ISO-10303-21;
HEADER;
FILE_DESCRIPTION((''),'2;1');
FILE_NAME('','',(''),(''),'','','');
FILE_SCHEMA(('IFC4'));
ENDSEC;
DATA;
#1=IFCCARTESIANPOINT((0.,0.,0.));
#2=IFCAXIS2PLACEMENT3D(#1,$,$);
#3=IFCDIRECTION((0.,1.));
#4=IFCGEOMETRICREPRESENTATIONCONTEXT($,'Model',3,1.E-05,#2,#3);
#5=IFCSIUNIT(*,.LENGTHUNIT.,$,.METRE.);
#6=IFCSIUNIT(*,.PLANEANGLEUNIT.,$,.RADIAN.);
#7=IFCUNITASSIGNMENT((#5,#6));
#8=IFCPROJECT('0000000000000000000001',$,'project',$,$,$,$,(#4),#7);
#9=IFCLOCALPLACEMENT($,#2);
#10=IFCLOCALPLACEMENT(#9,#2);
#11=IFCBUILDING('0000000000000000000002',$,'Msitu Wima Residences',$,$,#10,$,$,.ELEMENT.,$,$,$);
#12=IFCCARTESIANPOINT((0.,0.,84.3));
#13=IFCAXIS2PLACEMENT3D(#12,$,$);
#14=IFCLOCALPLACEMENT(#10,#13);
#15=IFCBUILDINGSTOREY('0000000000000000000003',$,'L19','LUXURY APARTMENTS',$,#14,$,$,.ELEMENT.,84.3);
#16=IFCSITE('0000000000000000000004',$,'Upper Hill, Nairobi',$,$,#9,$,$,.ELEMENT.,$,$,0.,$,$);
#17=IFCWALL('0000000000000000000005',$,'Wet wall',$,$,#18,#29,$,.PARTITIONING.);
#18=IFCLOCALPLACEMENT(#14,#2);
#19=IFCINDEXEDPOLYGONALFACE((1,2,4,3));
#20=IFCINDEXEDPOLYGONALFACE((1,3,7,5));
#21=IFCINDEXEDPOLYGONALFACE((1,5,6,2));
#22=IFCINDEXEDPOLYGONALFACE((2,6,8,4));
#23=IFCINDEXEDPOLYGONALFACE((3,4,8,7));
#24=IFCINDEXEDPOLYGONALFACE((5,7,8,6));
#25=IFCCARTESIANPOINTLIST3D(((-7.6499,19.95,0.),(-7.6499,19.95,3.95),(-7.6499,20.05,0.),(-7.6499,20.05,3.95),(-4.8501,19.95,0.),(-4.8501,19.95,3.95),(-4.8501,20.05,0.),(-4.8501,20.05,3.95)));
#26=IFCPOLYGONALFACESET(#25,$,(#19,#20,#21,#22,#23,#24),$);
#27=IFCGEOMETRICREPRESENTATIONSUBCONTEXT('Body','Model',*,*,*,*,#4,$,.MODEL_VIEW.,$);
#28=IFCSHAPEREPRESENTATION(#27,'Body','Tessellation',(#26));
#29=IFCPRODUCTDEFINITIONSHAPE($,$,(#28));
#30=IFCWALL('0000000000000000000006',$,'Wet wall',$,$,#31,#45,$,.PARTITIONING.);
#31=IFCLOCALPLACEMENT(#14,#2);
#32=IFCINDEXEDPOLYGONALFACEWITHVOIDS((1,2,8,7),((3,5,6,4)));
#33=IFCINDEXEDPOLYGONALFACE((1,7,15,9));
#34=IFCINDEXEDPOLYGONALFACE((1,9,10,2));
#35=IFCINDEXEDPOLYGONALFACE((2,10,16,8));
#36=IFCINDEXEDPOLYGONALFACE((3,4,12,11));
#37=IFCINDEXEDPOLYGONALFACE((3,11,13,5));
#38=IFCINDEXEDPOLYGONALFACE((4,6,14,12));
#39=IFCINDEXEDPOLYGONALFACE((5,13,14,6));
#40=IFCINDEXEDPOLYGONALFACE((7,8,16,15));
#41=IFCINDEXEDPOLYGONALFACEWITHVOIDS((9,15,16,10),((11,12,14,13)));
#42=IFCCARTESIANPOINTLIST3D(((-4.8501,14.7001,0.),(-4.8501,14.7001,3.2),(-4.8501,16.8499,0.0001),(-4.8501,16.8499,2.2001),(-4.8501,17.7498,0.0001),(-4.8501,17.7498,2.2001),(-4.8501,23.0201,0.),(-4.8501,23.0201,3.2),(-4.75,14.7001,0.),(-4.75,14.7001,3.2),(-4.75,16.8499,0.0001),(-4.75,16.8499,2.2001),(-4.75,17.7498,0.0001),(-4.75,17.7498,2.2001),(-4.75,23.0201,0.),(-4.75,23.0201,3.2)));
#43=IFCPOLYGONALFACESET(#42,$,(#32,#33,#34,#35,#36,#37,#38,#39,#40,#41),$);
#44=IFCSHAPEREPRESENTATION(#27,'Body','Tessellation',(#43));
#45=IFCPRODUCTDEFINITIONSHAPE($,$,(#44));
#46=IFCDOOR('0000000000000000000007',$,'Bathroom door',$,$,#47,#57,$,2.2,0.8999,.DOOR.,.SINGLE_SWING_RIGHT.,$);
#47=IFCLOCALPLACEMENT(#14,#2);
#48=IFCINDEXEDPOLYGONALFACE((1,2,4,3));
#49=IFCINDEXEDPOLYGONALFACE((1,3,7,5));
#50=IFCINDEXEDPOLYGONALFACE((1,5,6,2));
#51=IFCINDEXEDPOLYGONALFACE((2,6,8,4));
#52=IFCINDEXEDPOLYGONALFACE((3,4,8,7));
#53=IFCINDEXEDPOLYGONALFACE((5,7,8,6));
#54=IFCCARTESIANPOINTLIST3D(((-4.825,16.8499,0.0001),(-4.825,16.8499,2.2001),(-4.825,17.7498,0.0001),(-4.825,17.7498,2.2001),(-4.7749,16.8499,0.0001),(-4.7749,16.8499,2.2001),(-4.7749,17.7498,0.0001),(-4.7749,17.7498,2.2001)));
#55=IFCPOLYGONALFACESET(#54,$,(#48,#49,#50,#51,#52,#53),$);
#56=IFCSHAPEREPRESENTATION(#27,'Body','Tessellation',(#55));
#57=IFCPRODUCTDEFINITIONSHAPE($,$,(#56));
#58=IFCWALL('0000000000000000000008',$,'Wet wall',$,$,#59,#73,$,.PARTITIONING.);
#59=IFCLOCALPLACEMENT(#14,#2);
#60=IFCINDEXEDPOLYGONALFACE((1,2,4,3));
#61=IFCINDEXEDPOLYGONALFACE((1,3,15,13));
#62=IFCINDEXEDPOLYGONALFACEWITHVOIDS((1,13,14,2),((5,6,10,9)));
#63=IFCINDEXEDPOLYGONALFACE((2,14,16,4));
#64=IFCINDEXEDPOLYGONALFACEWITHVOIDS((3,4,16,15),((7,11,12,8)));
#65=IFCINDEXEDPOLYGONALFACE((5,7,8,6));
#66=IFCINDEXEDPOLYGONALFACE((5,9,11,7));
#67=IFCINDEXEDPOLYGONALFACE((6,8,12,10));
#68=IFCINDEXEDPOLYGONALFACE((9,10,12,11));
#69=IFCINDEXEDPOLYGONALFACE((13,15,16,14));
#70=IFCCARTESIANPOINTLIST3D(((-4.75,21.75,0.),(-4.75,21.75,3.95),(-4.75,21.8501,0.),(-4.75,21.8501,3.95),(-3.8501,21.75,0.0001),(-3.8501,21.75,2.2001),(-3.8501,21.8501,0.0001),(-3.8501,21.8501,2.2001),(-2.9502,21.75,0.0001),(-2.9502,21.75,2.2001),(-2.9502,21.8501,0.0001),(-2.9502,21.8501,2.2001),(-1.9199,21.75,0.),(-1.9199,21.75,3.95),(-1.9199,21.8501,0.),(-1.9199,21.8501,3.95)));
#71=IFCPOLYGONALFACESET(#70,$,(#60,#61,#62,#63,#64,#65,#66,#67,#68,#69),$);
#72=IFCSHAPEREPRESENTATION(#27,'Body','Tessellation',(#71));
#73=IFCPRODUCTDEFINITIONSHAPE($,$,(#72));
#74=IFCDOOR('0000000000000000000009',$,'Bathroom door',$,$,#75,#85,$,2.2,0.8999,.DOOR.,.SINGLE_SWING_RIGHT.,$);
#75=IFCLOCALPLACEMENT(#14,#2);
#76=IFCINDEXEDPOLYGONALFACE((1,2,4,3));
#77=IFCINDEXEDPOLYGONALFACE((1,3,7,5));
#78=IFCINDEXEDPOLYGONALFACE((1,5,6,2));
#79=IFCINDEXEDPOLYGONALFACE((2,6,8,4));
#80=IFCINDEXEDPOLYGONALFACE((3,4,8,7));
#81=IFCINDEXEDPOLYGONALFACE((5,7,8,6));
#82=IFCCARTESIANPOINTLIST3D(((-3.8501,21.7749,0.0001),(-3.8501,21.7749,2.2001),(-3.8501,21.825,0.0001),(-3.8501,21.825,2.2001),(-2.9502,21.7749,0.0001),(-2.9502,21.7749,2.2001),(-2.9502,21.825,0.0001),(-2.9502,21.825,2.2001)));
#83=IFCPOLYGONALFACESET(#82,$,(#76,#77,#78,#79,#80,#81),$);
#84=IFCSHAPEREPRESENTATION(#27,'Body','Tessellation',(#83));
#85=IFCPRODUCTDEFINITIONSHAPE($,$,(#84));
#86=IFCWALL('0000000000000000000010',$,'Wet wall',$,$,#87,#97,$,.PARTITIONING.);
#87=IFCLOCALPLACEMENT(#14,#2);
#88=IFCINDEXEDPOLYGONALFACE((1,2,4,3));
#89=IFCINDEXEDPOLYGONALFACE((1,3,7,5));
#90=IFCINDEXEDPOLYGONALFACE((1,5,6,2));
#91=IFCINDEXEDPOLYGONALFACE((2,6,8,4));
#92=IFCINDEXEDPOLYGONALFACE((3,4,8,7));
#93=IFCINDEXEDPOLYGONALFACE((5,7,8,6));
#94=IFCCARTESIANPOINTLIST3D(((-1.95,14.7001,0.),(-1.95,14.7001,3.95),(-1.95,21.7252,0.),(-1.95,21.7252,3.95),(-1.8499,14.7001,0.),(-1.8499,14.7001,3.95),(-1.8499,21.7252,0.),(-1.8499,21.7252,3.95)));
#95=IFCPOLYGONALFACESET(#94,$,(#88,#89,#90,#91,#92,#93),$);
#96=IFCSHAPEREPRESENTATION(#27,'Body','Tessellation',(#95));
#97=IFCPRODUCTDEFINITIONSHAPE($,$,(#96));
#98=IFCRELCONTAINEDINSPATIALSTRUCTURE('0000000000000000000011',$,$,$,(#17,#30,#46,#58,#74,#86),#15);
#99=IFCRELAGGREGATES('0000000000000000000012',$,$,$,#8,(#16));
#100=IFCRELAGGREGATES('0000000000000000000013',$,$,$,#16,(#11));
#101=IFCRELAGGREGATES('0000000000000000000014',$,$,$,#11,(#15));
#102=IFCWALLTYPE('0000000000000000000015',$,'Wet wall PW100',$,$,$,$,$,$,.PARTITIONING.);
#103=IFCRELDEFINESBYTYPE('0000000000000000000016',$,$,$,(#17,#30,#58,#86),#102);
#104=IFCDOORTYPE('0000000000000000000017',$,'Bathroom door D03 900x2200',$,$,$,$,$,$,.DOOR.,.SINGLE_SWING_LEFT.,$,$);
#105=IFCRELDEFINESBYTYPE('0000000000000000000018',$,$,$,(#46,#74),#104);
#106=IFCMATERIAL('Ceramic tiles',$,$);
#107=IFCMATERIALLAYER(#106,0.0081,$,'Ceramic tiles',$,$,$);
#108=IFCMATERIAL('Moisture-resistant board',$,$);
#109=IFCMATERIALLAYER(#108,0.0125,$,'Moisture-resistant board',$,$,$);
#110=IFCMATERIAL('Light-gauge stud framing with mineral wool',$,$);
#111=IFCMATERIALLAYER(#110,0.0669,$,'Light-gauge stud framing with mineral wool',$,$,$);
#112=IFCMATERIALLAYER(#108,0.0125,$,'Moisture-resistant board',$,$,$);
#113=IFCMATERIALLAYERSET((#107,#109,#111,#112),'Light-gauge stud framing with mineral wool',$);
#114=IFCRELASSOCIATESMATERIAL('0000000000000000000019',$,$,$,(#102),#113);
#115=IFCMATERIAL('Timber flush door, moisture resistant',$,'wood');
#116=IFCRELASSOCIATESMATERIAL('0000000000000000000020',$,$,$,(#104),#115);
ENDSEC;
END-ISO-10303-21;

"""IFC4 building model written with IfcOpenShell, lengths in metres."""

from ifc_helpers import new_model, si_unit, direction, frame, frame_2d, origin, place, context, subcontext, project, spatial, rectangle, extrude, material, layer, layer_set, type_object, element, fill, save


model = new_model("IFC4")

# Units and contexts
model_context = context("Model", 3, precision=1e-05, world=origin(), true_north=direction((0.0, 1.0)))
body_context = subcontext(model_context, "Body", "Model", "MODEL_VIEW")
ifc_project = project(units=[si_unit("LENGTHUNIT", "METRE"), si_unit("PLANEANGLEUNIT", "RADIAN")], contexts=[model_context])

# Site, building, storey
site_placement = place(None, origin())
site = spatial("IfcSite", under=ifc_project, at=site_placement, Name="Upper Hill, Nairobi", CompositionType="ELEMENT", RefElevation=0.0)
building_placement = place(site_placement, origin())
building = spatial("IfcBuilding", under=site, at=building_placement, Name="Msitu Wima Residences", CompositionType="ELEMENT")
storey_placement = place(building_placement, frame((0.0, 0.0, 84.3)))
storey = spatial("IfcBuildingStorey", under=building, at=storey_placement, Name="L19", Description="LUXURY APARTMENTS", CompositionType="ELEMENT", Elevation=84.3)

# Shared definitions
ifc_material_1 = material(Name="Ceramic tiles")
ifc_layer_1 = layer(ifc_material_1, 0.0081, Name="Ceramic tiles")
ifc_material_2 = material(Name="Moisture-resistant board")
ifc_layer_2 = layer(ifc_material_2, 0.0125, Name="Moisture-resistant board")
ifc_material_3 = material(Name="Light-gauge stud framing with mineral wool")
ifc_layer_3 = layer(ifc_material_3, 0.0669, Name="Light-gauge stud framing with mineral wool")
ifc_layer_4 = layer(ifc_material_2, 0.0125, Name="Moisture-resistant board")
ifc_layer_set_1 = layer_set([ifc_layer_1, ifc_layer_2, ifc_layer_3, ifc_layer_4], Name="Light-gauge stud framing with mineral wool")
wall_type_1 = type_object("IfcWallType", Name="Wet wall PW100", PredefinedType="PARTITIONING", material=ifc_layer_set_1)

# Shared definitions
ifc_material_4 = material(Name="Timber flush door, moisture resistant", Category="wood")
door_type_1 = type_object("IfcDoorType", Name="Bathroom door D03 900x2200", OperationType="SINGLE_SWING_LEFT", PredefinedType="DOOR", material=ifc_material_4)

# Wall
wall_1_placement = place(storey_placement, frame((-7.6499, 20.0, 0.0), z_axis=(0.0, 0.0, 1.0), x_axis=(1.0, 0.0, 0.0)))
element("IfcWall", 1, at=wall_1_placement, inside=storey, type_object=wall_type_1, Name="Wet wall", PredefinedType="PARTITIONING", context=body_context, shape_type="SweptSolid", body=[
    extrude(rectangle(XDim=2.7998, YDim=0.1001, at=frame_2d((1.3999, 0.0))), origin(), (0.0, 0.0, 1.0), 3.95),
])

# Walls, openings, doors
wall_2_placement = place(storey_placement, frame((-4.8, 14.7, 0.0), z_axis=(0.0, 0.0, 1.0), x_axis=(0.0, 1.0, 0.0)))
wall_2 = element("IfcWall", 2, at=wall_2_placement, inside=storey, type_object=wall_type_1, Name="Wet wall", PredefinedType="PARTITIONING", context=body_context, shape_type="SweptSolid", body=[
    extrude(rectangle(XDim=8.3201, YDim=0.1001, at=frame_2d((4.1602, 0.0))), origin(), (0.0, 0.0, 1.0), 3.2),
])
opening_1_placement = place(wall_2_placement, frame((2.1499, 0.0, 0.0)))
opening_1 = element("IfcOpeningElement", 3, at=opening_1_placement, cuts=wall_2, PredefinedType="OPENING", context=body_context, shape_type="SweptSolid", body=[
    extrude(rectangle(XDim=0.8999, YDim=2.2, at=frame_2d((0.45, 1.1001))), frame((0.0, 0.0601, 0.0), z_axis=(0.0, -1.0, 0.0), x_axis=(1.0, 0.0, 0.0)), (0.0, 0.0, 1.0), 0.1201),
])
door_1_placement = place(opening_1_placement, origin())
door_1 = element("IfcDoor", 4, at=door_1_placement, inside=storey, type_object=door_type_1, Name="Bathroom door", OperationType="SINGLE_SWING_RIGHT", OverallHeight=2.2, OverallWidth=0.8999, PredefinedType="DOOR", context=body_context, shape_type="SweptSolid", body=[
    extrude(rectangle(XDim=0.8999, YDim=2.2, at=frame_2d((0.45, 1.1001))), frame((0.0, 0.0249, 0.0), z_axis=(0.0, -1.0, 0.0), x_axis=(1.0, 0.0, 0.0)), (0.0, 0.0, 1.0), 0.05),
])
fill(opening_1, door_1)
wall_3_placement = place(storey_placement, frame((-4.75, 21.8, 0.0), z_axis=(0.0, 0.0, 1.0), x_axis=(1.0, 0.0, 0.0)))
wall_3 = element("IfcWall", 5, at=wall_3_placement, inside=storey, type_object=wall_type_1, Name="Wet wall", PredefinedType="PARTITIONING", context=body_context, shape_type="SweptSolid", body=[
    extrude(rectangle(XDim=2.8301, YDim=0.1001, at=frame_2d((1.415, 0.0))), origin(), (0.0, 0.0, 1.0), 3.95),
])
opening_2_placement = place(wall_3_placement, frame((0.8999, 0.0, 0.0)))
opening_2 = element("IfcOpeningElement", 6, at=opening_2_placement, cuts=wall_3, PredefinedType="OPENING", context=body_context, shape_type="SweptSolid", body=[
    extrude(rectangle(XDim=0.8999, YDim=2.2, at=frame_2d((0.45, 1.1001))), frame((0.0, 0.0601, 0.0), z_axis=(0.0, -1.0, 0.0), x_axis=(1.0, 0.0, 0.0)), (0.0, 0.0, 1.0), 0.1201),
])
door_2_placement = place(opening_2_placement, origin())
door_2 = element("IfcDoor", 7, at=door_2_placement, inside=storey, type_object=door_type_1, Name="Bathroom door", OperationType="SINGLE_SWING_RIGHT", OverallHeight=2.2, OverallWidth=0.8999, PredefinedType="DOOR", context=body_context, shape_type="SweptSolid", body=[
    extrude(rectangle(XDim=0.8999, YDim=2.2, at=frame_2d((0.45, 1.1001))), frame((0.0, 0.0249, 0.0), z_axis=(0.0, -1.0, 0.0), x_axis=(1.0, 0.0, 0.0)), (0.0, 0.0, 1.0), 0.05),
])
fill(opening_2, door_2)

# Wall
wall_4_placement = place(storey_placement, frame((-1.8999, 14.7, 0.0), z_axis=(0.0, 0.0, 1.0), x_axis=(0.0, 1.0, 0.0)))
element("IfcWall", 8, at=wall_4_placement, inside=storey, type_object=wall_type_1, Name="Wet wall", PredefinedType="PARTITIONING", context=body_context, shape_type="SweptSolid", body=[
    extrude(rectangle(XDim=7.0251, YDim=0.1001, at=frame_2d((3.5127, 0.0))), origin(), (0.0, 0.0, 1.0), 3.95),
])

save(model, "model.ifc")
